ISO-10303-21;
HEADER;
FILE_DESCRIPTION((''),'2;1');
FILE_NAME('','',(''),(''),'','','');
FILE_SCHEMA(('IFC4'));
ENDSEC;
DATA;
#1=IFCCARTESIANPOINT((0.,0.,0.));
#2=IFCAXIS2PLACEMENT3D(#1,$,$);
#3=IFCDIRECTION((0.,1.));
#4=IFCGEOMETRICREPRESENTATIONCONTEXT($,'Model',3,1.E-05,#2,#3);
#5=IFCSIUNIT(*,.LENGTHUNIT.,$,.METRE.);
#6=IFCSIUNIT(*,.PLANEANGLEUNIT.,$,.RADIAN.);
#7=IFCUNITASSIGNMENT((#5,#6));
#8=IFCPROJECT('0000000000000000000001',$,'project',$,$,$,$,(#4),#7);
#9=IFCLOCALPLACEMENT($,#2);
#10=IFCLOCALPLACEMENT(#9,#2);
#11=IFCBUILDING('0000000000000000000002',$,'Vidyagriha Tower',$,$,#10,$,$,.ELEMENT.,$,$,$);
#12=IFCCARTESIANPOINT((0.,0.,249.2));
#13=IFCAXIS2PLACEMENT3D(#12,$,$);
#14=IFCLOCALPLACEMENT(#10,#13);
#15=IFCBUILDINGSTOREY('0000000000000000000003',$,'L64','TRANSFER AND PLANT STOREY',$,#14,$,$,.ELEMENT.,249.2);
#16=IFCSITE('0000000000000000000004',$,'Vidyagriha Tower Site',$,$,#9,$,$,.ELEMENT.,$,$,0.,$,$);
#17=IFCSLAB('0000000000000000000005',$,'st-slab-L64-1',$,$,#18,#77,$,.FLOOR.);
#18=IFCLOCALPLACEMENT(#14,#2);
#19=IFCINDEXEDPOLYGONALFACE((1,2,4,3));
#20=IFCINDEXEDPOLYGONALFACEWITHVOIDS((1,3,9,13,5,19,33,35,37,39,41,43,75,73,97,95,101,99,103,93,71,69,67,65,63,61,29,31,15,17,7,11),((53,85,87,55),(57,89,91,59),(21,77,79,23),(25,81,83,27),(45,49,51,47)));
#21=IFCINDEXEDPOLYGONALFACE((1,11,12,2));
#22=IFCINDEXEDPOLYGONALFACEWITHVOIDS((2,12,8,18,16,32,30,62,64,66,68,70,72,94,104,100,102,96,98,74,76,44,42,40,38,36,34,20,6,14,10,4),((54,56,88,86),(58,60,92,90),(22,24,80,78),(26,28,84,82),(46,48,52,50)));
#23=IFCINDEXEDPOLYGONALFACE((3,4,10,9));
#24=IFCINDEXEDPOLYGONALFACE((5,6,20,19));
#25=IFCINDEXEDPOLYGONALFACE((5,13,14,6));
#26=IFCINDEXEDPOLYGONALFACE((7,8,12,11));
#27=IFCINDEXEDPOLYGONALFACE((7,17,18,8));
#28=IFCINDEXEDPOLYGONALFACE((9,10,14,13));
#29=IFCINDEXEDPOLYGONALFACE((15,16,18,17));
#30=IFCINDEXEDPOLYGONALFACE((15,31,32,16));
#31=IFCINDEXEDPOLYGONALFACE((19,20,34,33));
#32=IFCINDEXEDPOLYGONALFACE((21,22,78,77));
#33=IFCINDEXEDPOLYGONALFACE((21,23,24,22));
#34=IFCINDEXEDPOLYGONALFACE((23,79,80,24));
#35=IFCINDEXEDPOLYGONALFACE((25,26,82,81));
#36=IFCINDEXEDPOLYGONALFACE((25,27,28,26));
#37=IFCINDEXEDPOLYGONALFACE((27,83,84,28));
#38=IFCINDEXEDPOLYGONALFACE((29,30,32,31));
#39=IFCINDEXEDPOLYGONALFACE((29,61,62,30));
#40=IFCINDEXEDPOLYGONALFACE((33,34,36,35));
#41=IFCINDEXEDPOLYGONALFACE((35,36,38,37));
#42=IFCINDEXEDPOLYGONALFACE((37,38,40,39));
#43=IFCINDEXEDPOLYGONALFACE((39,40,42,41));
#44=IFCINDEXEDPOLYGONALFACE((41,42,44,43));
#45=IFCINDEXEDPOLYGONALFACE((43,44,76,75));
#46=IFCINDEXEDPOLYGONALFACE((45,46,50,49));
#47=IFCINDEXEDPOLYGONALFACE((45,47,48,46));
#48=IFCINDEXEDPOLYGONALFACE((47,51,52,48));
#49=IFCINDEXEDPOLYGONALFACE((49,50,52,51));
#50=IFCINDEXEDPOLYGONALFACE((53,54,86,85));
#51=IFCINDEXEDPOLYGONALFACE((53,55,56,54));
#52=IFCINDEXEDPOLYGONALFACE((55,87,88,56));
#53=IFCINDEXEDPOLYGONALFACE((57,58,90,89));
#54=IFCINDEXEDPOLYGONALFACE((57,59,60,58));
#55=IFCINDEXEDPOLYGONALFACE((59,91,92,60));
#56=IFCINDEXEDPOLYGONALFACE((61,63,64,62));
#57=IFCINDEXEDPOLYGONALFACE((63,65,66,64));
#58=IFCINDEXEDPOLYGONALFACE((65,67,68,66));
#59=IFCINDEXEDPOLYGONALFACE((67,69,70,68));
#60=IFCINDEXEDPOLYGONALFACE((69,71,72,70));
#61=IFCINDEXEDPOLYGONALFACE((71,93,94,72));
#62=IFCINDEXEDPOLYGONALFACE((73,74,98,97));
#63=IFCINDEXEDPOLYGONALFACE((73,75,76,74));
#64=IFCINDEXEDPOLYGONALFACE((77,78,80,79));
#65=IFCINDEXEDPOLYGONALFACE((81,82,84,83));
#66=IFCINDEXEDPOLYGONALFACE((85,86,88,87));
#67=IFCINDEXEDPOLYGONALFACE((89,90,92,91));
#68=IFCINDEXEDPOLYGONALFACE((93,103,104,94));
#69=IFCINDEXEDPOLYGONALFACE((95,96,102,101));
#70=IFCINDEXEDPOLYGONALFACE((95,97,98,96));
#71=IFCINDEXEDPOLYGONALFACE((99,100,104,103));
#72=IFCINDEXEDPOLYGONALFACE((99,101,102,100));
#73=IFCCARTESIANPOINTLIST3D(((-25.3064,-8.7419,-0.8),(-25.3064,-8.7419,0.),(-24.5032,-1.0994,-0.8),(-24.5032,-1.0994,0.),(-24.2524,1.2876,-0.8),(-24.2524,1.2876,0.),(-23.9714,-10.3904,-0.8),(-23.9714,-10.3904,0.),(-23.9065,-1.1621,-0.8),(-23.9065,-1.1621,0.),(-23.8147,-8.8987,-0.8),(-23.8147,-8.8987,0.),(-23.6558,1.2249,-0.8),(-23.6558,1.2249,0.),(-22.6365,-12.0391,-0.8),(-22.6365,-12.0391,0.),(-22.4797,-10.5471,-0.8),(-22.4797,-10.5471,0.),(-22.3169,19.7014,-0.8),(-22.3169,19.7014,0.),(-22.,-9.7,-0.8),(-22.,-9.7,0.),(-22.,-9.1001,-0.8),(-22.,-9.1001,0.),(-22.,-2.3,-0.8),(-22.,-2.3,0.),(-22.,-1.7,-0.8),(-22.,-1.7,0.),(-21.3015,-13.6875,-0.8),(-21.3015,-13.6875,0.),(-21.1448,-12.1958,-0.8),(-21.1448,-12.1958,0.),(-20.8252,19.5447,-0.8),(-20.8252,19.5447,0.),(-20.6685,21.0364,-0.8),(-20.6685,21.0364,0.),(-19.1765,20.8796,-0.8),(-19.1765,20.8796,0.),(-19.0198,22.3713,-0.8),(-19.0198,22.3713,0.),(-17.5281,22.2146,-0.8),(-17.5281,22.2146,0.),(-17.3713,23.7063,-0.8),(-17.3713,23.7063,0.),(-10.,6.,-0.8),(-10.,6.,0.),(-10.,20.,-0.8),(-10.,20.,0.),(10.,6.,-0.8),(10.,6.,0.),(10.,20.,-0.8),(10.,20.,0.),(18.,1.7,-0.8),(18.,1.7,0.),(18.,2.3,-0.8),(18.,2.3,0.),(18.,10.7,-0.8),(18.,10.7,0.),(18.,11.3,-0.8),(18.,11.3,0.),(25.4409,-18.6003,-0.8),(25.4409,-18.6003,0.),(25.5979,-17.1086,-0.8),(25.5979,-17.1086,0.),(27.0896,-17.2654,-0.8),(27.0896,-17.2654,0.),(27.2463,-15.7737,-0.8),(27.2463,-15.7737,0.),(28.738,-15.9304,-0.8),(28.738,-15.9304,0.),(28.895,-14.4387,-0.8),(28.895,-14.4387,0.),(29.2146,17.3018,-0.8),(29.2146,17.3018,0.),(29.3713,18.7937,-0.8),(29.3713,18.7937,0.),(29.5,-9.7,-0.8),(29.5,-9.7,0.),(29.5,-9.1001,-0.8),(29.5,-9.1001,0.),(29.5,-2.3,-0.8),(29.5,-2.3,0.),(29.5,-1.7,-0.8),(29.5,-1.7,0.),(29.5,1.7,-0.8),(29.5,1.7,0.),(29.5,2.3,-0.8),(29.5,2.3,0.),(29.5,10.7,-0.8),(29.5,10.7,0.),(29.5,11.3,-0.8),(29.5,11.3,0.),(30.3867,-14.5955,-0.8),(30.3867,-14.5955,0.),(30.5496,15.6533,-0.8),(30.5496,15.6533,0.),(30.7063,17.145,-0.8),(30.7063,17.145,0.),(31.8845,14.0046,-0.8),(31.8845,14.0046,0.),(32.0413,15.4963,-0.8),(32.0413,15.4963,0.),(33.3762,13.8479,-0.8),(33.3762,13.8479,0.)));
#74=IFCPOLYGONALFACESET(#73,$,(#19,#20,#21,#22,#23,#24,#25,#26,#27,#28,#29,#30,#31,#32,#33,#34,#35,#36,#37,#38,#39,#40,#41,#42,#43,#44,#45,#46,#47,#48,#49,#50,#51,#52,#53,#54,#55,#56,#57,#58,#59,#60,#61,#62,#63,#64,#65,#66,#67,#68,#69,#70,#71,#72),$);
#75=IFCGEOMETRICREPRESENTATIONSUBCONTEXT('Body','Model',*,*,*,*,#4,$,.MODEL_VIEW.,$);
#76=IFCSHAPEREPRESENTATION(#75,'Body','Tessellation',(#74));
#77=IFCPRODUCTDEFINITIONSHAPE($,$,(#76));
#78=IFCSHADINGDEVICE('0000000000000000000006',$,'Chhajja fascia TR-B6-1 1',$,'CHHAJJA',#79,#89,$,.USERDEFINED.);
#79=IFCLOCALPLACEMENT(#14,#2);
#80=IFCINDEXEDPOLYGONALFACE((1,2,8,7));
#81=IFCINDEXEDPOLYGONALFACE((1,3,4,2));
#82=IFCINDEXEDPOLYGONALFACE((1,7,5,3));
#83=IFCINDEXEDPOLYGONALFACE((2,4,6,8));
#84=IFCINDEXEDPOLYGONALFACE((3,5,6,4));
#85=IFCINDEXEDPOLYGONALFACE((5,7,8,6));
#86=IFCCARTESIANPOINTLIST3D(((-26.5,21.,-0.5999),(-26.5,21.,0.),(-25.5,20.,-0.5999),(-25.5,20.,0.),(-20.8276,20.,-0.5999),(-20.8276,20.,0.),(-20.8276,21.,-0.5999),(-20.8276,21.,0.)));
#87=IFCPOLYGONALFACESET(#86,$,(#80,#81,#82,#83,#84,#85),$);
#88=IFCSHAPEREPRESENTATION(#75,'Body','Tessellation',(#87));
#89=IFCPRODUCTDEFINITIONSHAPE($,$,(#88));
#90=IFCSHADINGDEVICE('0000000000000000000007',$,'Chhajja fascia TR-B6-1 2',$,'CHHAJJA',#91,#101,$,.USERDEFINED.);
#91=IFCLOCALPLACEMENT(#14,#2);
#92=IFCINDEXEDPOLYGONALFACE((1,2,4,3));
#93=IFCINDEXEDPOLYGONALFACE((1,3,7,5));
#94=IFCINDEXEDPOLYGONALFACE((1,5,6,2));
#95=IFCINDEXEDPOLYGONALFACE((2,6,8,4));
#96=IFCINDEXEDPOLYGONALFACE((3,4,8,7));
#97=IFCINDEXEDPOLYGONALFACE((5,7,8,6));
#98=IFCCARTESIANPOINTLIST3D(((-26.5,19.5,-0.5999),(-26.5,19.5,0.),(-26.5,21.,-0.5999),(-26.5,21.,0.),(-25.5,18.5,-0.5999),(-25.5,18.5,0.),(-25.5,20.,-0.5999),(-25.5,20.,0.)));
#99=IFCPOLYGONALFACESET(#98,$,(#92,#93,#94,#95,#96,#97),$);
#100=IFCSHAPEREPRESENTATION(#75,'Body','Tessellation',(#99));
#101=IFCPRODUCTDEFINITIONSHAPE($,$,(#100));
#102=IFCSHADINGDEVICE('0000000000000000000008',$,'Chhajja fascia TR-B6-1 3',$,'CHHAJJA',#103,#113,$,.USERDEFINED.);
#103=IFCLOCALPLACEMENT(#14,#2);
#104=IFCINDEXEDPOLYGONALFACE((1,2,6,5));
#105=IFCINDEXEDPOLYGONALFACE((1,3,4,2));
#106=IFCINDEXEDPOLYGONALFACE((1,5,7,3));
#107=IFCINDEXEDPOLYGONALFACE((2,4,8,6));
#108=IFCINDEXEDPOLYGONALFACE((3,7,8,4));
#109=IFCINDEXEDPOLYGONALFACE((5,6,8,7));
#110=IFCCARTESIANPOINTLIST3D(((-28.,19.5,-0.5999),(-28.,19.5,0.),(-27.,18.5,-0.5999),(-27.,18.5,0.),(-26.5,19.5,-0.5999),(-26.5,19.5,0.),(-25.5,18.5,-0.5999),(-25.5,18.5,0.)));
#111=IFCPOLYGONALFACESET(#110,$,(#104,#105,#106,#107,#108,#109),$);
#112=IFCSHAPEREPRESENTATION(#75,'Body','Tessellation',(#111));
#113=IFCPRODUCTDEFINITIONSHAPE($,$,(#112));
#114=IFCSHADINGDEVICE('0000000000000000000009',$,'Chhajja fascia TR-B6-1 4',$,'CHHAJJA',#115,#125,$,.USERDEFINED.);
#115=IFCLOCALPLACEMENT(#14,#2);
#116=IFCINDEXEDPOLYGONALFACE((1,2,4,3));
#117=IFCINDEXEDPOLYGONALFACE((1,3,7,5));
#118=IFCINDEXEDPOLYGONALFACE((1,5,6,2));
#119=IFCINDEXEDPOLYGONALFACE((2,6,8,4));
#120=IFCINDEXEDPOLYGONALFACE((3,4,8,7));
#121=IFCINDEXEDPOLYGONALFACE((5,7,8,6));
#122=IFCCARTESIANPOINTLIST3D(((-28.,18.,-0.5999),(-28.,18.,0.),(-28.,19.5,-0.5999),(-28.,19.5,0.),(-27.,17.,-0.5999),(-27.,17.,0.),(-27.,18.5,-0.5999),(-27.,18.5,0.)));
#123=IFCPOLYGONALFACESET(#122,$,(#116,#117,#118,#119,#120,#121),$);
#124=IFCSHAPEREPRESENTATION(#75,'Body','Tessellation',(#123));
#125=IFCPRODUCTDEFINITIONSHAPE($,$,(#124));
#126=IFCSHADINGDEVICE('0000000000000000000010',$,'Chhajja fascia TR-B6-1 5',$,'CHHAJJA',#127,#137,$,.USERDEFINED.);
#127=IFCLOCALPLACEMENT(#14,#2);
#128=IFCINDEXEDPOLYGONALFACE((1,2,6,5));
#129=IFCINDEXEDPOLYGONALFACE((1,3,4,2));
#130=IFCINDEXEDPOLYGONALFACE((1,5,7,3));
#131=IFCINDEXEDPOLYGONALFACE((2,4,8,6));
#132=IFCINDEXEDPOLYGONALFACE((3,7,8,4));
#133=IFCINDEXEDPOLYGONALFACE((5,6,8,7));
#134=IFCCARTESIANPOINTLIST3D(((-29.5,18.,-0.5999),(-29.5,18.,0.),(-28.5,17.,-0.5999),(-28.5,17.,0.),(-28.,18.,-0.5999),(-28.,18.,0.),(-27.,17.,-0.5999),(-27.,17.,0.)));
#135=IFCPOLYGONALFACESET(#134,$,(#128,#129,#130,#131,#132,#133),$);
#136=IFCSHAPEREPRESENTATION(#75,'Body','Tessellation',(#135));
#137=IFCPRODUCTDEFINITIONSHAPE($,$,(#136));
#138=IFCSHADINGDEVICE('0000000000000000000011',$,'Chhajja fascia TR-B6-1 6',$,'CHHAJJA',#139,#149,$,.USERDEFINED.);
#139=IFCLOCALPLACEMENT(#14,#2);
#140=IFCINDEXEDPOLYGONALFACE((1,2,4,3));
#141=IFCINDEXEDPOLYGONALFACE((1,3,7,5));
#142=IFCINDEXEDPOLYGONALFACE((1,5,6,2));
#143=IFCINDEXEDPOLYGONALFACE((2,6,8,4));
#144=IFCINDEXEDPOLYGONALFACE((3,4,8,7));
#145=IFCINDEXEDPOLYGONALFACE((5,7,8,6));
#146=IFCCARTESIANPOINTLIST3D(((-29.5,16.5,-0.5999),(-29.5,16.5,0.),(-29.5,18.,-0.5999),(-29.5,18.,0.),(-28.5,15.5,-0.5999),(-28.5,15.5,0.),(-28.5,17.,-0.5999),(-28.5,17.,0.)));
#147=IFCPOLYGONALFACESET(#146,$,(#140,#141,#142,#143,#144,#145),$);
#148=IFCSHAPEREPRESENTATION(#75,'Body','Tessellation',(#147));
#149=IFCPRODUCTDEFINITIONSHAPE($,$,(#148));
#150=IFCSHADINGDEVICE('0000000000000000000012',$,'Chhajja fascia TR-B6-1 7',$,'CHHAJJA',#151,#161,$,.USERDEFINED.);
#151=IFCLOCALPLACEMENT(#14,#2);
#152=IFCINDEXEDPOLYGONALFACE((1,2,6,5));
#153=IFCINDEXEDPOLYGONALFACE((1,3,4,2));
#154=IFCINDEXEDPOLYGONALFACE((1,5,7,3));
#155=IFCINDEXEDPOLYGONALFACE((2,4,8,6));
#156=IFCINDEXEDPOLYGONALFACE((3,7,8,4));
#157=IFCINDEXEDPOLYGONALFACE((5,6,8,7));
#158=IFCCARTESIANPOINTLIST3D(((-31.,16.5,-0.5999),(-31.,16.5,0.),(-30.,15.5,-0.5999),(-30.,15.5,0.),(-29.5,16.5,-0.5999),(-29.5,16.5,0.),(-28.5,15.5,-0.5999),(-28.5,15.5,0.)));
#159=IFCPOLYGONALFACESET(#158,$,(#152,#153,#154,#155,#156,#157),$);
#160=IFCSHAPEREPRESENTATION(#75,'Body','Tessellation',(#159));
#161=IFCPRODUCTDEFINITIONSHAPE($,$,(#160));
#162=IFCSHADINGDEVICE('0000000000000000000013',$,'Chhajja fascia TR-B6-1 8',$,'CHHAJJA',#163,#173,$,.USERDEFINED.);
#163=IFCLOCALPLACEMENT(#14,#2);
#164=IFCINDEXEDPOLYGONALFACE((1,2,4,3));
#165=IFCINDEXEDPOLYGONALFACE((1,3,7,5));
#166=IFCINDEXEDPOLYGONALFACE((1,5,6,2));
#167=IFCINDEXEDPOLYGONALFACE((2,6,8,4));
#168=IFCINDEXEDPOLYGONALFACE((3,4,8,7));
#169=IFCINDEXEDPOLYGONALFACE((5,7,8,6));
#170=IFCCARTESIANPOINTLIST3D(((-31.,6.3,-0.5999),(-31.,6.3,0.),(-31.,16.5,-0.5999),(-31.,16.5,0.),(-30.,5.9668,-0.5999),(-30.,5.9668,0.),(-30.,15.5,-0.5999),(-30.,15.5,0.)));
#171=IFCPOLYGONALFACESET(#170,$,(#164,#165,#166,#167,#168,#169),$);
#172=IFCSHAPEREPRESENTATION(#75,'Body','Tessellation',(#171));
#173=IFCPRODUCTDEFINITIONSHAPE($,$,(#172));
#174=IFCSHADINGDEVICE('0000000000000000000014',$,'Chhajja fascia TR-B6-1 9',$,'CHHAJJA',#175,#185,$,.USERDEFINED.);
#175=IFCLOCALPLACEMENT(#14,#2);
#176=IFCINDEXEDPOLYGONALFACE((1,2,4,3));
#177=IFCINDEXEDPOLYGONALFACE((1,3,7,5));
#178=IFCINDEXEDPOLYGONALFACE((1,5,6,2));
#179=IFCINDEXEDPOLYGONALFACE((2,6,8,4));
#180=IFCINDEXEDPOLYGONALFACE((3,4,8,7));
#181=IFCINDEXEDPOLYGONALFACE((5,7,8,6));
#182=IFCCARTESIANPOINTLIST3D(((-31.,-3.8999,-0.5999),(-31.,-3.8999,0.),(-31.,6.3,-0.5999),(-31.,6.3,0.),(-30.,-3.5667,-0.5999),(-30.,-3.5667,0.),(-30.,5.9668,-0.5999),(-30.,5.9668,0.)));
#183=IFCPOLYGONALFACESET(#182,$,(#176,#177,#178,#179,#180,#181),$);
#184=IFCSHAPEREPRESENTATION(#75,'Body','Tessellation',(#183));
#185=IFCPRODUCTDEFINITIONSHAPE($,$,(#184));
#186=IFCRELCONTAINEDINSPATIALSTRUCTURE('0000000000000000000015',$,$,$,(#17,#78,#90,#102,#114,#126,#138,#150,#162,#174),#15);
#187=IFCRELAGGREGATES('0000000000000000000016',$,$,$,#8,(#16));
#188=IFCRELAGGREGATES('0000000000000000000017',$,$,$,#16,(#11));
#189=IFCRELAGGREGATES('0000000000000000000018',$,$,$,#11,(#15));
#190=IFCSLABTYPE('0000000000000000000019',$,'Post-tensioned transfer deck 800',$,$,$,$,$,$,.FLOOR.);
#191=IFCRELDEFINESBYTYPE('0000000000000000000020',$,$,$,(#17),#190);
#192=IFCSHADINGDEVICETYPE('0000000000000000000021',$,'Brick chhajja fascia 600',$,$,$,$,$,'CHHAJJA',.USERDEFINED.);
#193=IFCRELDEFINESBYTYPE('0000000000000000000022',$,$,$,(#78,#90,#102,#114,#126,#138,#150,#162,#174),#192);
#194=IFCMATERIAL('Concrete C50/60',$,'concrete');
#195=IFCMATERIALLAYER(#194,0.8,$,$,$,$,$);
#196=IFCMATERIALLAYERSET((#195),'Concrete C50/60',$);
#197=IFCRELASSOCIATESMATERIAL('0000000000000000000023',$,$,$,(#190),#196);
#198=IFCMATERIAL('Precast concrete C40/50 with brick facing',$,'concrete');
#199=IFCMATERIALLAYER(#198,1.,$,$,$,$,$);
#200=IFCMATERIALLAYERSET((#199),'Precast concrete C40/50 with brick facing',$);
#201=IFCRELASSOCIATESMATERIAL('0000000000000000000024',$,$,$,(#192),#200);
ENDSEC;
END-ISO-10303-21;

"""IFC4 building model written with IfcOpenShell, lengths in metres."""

from ifc_helpers import new_model, si_unit, direction, frame, origin, place, context, subcontext, project, spatial, polyline, outline, extrude, material, layer, layer_set, type_object, element, save


model = new_model("IFC4")

# Units and contexts
model_context = context("Model", 3, precision=1e-05, world=origin(), true_north=direction((0.0, 1.0)))
body_context = subcontext(model_context, "Body", "Model", "MODEL_VIEW")
ifc_project = project(units=[si_unit("LENGTHUNIT", "METRE"), si_unit("PLANEANGLEUNIT", "RADIAN")], contexts=[model_context])

# Site, building, storey
site_placement = place(None, origin())
site = spatial("IfcSite", under=ifc_project, at=site_placement, Name="Vidyagriha Tower Site", CompositionType="ELEMENT", RefElevation=0.0)
building_placement = place(site_placement, origin())
building = spatial("IfcBuilding", under=site, at=building_placement, Name="Vidyagriha Tower", CompositionType="ELEMENT")
storey_placement = place(building_placement, frame((0.0, 0.0, 249.2)))
storey = spatial("IfcBuildingStorey", under=building, at=storey_placement, Name="L64", Description="TRANSFER AND PLANT STOREY", CompositionType="ELEMENT", Elevation=249.2)

# Slab
ifc_material_1 = material(Name="Concrete C50/60", Category="concrete")
ifc_layer_1 = layer(ifc_material_1, 0.8)
ifc_layer_set_1 = layer_set([ifc_layer_1], Name="Concrete C50/60")
slab_type_1 = type_object("IfcSlabType", Name="Post-tensioned transfer deck 800", PredefinedType="FLOOR", material=ifc_layer_set_1)
slab_1_placement = place(storey_placement, frame((0.0, 0.0, -0.8)))
element("IfcSlab", 1, at=slab_1_placement, inside=storey, type_object=slab_type_1, Name="st-slab-L64-1", PredefinedType="FLOOR", context=body_context, shape_type="SweptSolid", body=[
    extrude(outline(polyline([(27.2463, -15.7737), (27.0896, -17.2654), (25.5979, -17.1086), (25.4409, -18.6003), (-21.3015, -13.6875), (-21.1448, -12.1958), (-22.6365, -12.0391), (-22.4797, -10.5471), (-23.9714, -10.3904), (-23.8147, -8.8987), (-25.3064, -8.7419), (-24.5032, -1.0994), (-23.9065, -1.1621), (-23.6558, 1.2249), (-24.2524, 1.2876), (-22.3169, 19.7014), (-20.8252, 19.5447), (-20.6685, 21.0364), (-19.1765, 20.8796), (-19.0198, 22.3713), (-17.5281, 22.2146), (-17.3713, 23.7063), (29.3713, 18.7937), (29.2146, 17.3018), (30.7063, 17.145), (30.5496, 15.6533), (32.0413, 15.4963), (31.8845, 14.0046), (33.3762, 13.8479), (30.3867, -14.5955), (28.895, -14.4387), (28.738, -15.9304), (27.2463, -15.7737)]), holes=[polyline([(-10.0, 6.0), (10.0, 6.0), (10.0, 20.0), (-10.0, 20.0), (-10.0, 6.0)]), polyline([(29.5, -9.7), (29.5, -9.1001), (-22.0, -9.1001), (-22.0, -9.7), (29.5, -9.7)]), polyline([(29.5, -2.3), (29.5, -1.7), (-22.0, -1.7), (-22.0, -2.3), (29.5, -2.3)]), polyline([(29.5, 1.7), (29.5, 2.3), (18.0, 2.3), (18.0, 1.7), (29.5, 1.7)]), polyline([(29.5, 10.7), (29.5, 11.3), (18.0, 11.3), (18.0, 10.7), (29.5, 10.7)])]), origin(), (0.0, 0.0, 1.0), 0.8),
])

# Shading devices
ifc_material_2 = material(Name="Precast concrete C40/50 with brick facing", Category="concrete")
ifc_layer_2 = layer(ifc_material_2, 1.0)
ifc_layer_set_2 = layer_set([ifc_layer_2], Name="Precast concrete C40/50 with brick facing")
shading_device_type = type_object("IfcShadingDeviceType", Name="Brick chhajja fascia 600", ElementType="CHHAJJA", PredefinedType="USERDEFINED", material=ifc_layer_set_2)
shading_device_1_placement = place(storey_placement, frame((0.0, 0.0, -0.5999)))
element("IfcShadingDevice", 2, at=shading_device_1_placement, inside=storey, type_object=shading_device_type, Name="Chhajja fascia TR-B6-1 1", ObjectType="CHHAJJA", PredefinedType="USERDEFINED", context=body_context, shape_type="SweptSolid", body=[
    extrude(outline(polyline([(-20.8276, 20.0), (-20.8276, 21.0), (-26.5, 21.0), (-25.5, 20.0), (-20.8276, 20.0)])), origin(), (0.0, 0.0, 1.0), 0.5999),
])
shading_device_2_placement = place(storey_placement, frame((0.0, 0.0, -0.5999)))
element("IfcShadingDevice", 3, at=shading_device_2_placement, inside=storey, type_object=shading_device_type, Name="Chhajja fascia TR-B6-1 2", ObjectType="CHHAJJA", PredefinedType="USERDEFINED", context=body_context, shape_type="SweptSolid", body=[
    extrude(outline(polyline([(-25.5, 20.0), (-26.5, 21.0), (-26.5, 19.5), (-25.5, 18.5), (-25.5, 20.0)])), origin(), (0.0, 0.0, 1.0), 0.5999),
])
shading_device_3_placement = place(storey_placement, frame((0.0, 0.0, -0.5999)))
element("IfcShadingDevice", 4, at=shading_device_3_placement, inside=storey, type_object=shading_device_type, Name="Chhajja fascia TR-B6-1 3", ObjectType="CHHAJJA", PredefinedType="USERDEFINED", context=body_context, shape_type="SweptSolid", body=[
    extrude(outline(polyline([(-25.5, 18.5), (-26.5, 19.5), (-28.0, 19.5), (-27.0, 18.5), (-25.5, 18.5)])), origin(), (0.0, 0.0, 1.0), 0.5999),
])
shading_device_4_placement = place(storey_placement, frame((0.0, 0.0, -0.5999)))
element("IfcShadingDevice", 5, at=shading_device_4_placement, inside=storey, type_object=shading_device_type, Name="Chhajja fascia TR-B6-1 4", ObjectType="CHHAJJA", PredefinedType="USERDEFINED", context=body_context, shape_type="SweptSolid", body=[
    extrude(outline(polyline([(-27.0, 18.5), (-28.0, 19.5), (-28.0, 18.0), (-27.0, 17.0), (-27.0, 18.5)])), origin(), (0.0, 0.0, 1.0), 0.5999),
])
shading_device_5_placement = place(storey_placement, frame((0.0, 0.0, -0.5999)))
element("IfcShadingDevice", 6, at=shading_device_5_placement, inside=storey, type_object=shading_device_type, Name="Chhajja fascia TR-B6-1 5", ObjectType="CHHAJJA", PredefinedType="USERDEFINED", context=body_context, shape_type="SweptSolid", body=[
    extrude(outline(polyline([(-27.0, 17.0), (-28.0, 18.0), (-29.5, 18.0), (-28.5, 17.0), (-27.0, 17.0)])), origin(), (0.0, 0.0, 1.0), 0.5999),
])
shading_device_6_placement = place(storey_placement, frame((0.0, 0.0, -0.5999)))
element("IfcShadingDevice", 7, at=shading_device_6_placement, inside=storey, type_object=shading_device_type, Name="Chhajja fascia TR-B6-1 6", ObjectType="CHHAJJA", PredefinedType="USERDEFINED", context=body_context, shape_type="SweptSolid", body=[
    extrude(outline(polyline([(-28.5, 17.0), (-29.5, 18.0), (-29.5, 16.5), (-28.5, 15.5), (-28.5, 17.0)])), origin(), (0.0, 0.0, 1.0), 0.5999),
])
shading_device_7_placement = place(storey_placement, frame((0.0, 0.0, -0.5999)))
element("IfcShadingDevice", 8, at=shading_device_7_placement, inside=storey, type_object=shading_device_type, Name="Chhajja fascia TR-B6-1 7", ObjectType="CHHAJJA", PredefinedType="USERDEFINED", context=body_context, shape_type="SweptSolid", body=[
    extrude(outline(polyline([(-28.5, 15.5), (-29.5, 16.5), (-31.0, 16.5), (-30.0, 15.5), (-28.5, 15.5)])), origin(), (0.0, 0.0, 1.0), 0.5999),
])
shading_device_8_placement = place(storey_placement, frame((0.0, 0.0, -0.5999)))
element("IfcShadingDevice", 9, at=shading_device_8_placement, inside=storey, type_object=shading_device_type, Name="Chhajja fascia TR-B6-1 8", ObjectType="CHHAJJA", PredefinedType="USERDEFINED", context=body_context, shape_type="SweptSolid", body=[
    extrude(outline(polyline([(-30.0, 15.5), (-31.0, 16.5), (-31.0, 6.3), (-30.0, 5.9668), (-30.0, 15.5)])), origin(), (0.0, 0.0, 1.0), 0.5999),
])
shading_device_9_placement = place(storey_placement, frame((0.0, 0.0, -0.5999)))
element("IfcShadingDevice", 10, at=shading_device_9_placement, inside=storey, type_object=shading_device_type, Name="Chhajja fascia TR-B6-1 9", ObjectType="CHHAJJA", PredefinedType="USERDEFINED", context=body_context, shape_type="SweptSolid", body=[
    extrude(outline(polyline([(-30.0, 5.9668), (-31.0, 6.3), (-31.0, -3.8999), (-30.0, -3.5667), (-30.0, 5.9668)])), origin(), (0.0, 0.0, 1.0), 0.5999),
])

save(model, "model.ifc")
